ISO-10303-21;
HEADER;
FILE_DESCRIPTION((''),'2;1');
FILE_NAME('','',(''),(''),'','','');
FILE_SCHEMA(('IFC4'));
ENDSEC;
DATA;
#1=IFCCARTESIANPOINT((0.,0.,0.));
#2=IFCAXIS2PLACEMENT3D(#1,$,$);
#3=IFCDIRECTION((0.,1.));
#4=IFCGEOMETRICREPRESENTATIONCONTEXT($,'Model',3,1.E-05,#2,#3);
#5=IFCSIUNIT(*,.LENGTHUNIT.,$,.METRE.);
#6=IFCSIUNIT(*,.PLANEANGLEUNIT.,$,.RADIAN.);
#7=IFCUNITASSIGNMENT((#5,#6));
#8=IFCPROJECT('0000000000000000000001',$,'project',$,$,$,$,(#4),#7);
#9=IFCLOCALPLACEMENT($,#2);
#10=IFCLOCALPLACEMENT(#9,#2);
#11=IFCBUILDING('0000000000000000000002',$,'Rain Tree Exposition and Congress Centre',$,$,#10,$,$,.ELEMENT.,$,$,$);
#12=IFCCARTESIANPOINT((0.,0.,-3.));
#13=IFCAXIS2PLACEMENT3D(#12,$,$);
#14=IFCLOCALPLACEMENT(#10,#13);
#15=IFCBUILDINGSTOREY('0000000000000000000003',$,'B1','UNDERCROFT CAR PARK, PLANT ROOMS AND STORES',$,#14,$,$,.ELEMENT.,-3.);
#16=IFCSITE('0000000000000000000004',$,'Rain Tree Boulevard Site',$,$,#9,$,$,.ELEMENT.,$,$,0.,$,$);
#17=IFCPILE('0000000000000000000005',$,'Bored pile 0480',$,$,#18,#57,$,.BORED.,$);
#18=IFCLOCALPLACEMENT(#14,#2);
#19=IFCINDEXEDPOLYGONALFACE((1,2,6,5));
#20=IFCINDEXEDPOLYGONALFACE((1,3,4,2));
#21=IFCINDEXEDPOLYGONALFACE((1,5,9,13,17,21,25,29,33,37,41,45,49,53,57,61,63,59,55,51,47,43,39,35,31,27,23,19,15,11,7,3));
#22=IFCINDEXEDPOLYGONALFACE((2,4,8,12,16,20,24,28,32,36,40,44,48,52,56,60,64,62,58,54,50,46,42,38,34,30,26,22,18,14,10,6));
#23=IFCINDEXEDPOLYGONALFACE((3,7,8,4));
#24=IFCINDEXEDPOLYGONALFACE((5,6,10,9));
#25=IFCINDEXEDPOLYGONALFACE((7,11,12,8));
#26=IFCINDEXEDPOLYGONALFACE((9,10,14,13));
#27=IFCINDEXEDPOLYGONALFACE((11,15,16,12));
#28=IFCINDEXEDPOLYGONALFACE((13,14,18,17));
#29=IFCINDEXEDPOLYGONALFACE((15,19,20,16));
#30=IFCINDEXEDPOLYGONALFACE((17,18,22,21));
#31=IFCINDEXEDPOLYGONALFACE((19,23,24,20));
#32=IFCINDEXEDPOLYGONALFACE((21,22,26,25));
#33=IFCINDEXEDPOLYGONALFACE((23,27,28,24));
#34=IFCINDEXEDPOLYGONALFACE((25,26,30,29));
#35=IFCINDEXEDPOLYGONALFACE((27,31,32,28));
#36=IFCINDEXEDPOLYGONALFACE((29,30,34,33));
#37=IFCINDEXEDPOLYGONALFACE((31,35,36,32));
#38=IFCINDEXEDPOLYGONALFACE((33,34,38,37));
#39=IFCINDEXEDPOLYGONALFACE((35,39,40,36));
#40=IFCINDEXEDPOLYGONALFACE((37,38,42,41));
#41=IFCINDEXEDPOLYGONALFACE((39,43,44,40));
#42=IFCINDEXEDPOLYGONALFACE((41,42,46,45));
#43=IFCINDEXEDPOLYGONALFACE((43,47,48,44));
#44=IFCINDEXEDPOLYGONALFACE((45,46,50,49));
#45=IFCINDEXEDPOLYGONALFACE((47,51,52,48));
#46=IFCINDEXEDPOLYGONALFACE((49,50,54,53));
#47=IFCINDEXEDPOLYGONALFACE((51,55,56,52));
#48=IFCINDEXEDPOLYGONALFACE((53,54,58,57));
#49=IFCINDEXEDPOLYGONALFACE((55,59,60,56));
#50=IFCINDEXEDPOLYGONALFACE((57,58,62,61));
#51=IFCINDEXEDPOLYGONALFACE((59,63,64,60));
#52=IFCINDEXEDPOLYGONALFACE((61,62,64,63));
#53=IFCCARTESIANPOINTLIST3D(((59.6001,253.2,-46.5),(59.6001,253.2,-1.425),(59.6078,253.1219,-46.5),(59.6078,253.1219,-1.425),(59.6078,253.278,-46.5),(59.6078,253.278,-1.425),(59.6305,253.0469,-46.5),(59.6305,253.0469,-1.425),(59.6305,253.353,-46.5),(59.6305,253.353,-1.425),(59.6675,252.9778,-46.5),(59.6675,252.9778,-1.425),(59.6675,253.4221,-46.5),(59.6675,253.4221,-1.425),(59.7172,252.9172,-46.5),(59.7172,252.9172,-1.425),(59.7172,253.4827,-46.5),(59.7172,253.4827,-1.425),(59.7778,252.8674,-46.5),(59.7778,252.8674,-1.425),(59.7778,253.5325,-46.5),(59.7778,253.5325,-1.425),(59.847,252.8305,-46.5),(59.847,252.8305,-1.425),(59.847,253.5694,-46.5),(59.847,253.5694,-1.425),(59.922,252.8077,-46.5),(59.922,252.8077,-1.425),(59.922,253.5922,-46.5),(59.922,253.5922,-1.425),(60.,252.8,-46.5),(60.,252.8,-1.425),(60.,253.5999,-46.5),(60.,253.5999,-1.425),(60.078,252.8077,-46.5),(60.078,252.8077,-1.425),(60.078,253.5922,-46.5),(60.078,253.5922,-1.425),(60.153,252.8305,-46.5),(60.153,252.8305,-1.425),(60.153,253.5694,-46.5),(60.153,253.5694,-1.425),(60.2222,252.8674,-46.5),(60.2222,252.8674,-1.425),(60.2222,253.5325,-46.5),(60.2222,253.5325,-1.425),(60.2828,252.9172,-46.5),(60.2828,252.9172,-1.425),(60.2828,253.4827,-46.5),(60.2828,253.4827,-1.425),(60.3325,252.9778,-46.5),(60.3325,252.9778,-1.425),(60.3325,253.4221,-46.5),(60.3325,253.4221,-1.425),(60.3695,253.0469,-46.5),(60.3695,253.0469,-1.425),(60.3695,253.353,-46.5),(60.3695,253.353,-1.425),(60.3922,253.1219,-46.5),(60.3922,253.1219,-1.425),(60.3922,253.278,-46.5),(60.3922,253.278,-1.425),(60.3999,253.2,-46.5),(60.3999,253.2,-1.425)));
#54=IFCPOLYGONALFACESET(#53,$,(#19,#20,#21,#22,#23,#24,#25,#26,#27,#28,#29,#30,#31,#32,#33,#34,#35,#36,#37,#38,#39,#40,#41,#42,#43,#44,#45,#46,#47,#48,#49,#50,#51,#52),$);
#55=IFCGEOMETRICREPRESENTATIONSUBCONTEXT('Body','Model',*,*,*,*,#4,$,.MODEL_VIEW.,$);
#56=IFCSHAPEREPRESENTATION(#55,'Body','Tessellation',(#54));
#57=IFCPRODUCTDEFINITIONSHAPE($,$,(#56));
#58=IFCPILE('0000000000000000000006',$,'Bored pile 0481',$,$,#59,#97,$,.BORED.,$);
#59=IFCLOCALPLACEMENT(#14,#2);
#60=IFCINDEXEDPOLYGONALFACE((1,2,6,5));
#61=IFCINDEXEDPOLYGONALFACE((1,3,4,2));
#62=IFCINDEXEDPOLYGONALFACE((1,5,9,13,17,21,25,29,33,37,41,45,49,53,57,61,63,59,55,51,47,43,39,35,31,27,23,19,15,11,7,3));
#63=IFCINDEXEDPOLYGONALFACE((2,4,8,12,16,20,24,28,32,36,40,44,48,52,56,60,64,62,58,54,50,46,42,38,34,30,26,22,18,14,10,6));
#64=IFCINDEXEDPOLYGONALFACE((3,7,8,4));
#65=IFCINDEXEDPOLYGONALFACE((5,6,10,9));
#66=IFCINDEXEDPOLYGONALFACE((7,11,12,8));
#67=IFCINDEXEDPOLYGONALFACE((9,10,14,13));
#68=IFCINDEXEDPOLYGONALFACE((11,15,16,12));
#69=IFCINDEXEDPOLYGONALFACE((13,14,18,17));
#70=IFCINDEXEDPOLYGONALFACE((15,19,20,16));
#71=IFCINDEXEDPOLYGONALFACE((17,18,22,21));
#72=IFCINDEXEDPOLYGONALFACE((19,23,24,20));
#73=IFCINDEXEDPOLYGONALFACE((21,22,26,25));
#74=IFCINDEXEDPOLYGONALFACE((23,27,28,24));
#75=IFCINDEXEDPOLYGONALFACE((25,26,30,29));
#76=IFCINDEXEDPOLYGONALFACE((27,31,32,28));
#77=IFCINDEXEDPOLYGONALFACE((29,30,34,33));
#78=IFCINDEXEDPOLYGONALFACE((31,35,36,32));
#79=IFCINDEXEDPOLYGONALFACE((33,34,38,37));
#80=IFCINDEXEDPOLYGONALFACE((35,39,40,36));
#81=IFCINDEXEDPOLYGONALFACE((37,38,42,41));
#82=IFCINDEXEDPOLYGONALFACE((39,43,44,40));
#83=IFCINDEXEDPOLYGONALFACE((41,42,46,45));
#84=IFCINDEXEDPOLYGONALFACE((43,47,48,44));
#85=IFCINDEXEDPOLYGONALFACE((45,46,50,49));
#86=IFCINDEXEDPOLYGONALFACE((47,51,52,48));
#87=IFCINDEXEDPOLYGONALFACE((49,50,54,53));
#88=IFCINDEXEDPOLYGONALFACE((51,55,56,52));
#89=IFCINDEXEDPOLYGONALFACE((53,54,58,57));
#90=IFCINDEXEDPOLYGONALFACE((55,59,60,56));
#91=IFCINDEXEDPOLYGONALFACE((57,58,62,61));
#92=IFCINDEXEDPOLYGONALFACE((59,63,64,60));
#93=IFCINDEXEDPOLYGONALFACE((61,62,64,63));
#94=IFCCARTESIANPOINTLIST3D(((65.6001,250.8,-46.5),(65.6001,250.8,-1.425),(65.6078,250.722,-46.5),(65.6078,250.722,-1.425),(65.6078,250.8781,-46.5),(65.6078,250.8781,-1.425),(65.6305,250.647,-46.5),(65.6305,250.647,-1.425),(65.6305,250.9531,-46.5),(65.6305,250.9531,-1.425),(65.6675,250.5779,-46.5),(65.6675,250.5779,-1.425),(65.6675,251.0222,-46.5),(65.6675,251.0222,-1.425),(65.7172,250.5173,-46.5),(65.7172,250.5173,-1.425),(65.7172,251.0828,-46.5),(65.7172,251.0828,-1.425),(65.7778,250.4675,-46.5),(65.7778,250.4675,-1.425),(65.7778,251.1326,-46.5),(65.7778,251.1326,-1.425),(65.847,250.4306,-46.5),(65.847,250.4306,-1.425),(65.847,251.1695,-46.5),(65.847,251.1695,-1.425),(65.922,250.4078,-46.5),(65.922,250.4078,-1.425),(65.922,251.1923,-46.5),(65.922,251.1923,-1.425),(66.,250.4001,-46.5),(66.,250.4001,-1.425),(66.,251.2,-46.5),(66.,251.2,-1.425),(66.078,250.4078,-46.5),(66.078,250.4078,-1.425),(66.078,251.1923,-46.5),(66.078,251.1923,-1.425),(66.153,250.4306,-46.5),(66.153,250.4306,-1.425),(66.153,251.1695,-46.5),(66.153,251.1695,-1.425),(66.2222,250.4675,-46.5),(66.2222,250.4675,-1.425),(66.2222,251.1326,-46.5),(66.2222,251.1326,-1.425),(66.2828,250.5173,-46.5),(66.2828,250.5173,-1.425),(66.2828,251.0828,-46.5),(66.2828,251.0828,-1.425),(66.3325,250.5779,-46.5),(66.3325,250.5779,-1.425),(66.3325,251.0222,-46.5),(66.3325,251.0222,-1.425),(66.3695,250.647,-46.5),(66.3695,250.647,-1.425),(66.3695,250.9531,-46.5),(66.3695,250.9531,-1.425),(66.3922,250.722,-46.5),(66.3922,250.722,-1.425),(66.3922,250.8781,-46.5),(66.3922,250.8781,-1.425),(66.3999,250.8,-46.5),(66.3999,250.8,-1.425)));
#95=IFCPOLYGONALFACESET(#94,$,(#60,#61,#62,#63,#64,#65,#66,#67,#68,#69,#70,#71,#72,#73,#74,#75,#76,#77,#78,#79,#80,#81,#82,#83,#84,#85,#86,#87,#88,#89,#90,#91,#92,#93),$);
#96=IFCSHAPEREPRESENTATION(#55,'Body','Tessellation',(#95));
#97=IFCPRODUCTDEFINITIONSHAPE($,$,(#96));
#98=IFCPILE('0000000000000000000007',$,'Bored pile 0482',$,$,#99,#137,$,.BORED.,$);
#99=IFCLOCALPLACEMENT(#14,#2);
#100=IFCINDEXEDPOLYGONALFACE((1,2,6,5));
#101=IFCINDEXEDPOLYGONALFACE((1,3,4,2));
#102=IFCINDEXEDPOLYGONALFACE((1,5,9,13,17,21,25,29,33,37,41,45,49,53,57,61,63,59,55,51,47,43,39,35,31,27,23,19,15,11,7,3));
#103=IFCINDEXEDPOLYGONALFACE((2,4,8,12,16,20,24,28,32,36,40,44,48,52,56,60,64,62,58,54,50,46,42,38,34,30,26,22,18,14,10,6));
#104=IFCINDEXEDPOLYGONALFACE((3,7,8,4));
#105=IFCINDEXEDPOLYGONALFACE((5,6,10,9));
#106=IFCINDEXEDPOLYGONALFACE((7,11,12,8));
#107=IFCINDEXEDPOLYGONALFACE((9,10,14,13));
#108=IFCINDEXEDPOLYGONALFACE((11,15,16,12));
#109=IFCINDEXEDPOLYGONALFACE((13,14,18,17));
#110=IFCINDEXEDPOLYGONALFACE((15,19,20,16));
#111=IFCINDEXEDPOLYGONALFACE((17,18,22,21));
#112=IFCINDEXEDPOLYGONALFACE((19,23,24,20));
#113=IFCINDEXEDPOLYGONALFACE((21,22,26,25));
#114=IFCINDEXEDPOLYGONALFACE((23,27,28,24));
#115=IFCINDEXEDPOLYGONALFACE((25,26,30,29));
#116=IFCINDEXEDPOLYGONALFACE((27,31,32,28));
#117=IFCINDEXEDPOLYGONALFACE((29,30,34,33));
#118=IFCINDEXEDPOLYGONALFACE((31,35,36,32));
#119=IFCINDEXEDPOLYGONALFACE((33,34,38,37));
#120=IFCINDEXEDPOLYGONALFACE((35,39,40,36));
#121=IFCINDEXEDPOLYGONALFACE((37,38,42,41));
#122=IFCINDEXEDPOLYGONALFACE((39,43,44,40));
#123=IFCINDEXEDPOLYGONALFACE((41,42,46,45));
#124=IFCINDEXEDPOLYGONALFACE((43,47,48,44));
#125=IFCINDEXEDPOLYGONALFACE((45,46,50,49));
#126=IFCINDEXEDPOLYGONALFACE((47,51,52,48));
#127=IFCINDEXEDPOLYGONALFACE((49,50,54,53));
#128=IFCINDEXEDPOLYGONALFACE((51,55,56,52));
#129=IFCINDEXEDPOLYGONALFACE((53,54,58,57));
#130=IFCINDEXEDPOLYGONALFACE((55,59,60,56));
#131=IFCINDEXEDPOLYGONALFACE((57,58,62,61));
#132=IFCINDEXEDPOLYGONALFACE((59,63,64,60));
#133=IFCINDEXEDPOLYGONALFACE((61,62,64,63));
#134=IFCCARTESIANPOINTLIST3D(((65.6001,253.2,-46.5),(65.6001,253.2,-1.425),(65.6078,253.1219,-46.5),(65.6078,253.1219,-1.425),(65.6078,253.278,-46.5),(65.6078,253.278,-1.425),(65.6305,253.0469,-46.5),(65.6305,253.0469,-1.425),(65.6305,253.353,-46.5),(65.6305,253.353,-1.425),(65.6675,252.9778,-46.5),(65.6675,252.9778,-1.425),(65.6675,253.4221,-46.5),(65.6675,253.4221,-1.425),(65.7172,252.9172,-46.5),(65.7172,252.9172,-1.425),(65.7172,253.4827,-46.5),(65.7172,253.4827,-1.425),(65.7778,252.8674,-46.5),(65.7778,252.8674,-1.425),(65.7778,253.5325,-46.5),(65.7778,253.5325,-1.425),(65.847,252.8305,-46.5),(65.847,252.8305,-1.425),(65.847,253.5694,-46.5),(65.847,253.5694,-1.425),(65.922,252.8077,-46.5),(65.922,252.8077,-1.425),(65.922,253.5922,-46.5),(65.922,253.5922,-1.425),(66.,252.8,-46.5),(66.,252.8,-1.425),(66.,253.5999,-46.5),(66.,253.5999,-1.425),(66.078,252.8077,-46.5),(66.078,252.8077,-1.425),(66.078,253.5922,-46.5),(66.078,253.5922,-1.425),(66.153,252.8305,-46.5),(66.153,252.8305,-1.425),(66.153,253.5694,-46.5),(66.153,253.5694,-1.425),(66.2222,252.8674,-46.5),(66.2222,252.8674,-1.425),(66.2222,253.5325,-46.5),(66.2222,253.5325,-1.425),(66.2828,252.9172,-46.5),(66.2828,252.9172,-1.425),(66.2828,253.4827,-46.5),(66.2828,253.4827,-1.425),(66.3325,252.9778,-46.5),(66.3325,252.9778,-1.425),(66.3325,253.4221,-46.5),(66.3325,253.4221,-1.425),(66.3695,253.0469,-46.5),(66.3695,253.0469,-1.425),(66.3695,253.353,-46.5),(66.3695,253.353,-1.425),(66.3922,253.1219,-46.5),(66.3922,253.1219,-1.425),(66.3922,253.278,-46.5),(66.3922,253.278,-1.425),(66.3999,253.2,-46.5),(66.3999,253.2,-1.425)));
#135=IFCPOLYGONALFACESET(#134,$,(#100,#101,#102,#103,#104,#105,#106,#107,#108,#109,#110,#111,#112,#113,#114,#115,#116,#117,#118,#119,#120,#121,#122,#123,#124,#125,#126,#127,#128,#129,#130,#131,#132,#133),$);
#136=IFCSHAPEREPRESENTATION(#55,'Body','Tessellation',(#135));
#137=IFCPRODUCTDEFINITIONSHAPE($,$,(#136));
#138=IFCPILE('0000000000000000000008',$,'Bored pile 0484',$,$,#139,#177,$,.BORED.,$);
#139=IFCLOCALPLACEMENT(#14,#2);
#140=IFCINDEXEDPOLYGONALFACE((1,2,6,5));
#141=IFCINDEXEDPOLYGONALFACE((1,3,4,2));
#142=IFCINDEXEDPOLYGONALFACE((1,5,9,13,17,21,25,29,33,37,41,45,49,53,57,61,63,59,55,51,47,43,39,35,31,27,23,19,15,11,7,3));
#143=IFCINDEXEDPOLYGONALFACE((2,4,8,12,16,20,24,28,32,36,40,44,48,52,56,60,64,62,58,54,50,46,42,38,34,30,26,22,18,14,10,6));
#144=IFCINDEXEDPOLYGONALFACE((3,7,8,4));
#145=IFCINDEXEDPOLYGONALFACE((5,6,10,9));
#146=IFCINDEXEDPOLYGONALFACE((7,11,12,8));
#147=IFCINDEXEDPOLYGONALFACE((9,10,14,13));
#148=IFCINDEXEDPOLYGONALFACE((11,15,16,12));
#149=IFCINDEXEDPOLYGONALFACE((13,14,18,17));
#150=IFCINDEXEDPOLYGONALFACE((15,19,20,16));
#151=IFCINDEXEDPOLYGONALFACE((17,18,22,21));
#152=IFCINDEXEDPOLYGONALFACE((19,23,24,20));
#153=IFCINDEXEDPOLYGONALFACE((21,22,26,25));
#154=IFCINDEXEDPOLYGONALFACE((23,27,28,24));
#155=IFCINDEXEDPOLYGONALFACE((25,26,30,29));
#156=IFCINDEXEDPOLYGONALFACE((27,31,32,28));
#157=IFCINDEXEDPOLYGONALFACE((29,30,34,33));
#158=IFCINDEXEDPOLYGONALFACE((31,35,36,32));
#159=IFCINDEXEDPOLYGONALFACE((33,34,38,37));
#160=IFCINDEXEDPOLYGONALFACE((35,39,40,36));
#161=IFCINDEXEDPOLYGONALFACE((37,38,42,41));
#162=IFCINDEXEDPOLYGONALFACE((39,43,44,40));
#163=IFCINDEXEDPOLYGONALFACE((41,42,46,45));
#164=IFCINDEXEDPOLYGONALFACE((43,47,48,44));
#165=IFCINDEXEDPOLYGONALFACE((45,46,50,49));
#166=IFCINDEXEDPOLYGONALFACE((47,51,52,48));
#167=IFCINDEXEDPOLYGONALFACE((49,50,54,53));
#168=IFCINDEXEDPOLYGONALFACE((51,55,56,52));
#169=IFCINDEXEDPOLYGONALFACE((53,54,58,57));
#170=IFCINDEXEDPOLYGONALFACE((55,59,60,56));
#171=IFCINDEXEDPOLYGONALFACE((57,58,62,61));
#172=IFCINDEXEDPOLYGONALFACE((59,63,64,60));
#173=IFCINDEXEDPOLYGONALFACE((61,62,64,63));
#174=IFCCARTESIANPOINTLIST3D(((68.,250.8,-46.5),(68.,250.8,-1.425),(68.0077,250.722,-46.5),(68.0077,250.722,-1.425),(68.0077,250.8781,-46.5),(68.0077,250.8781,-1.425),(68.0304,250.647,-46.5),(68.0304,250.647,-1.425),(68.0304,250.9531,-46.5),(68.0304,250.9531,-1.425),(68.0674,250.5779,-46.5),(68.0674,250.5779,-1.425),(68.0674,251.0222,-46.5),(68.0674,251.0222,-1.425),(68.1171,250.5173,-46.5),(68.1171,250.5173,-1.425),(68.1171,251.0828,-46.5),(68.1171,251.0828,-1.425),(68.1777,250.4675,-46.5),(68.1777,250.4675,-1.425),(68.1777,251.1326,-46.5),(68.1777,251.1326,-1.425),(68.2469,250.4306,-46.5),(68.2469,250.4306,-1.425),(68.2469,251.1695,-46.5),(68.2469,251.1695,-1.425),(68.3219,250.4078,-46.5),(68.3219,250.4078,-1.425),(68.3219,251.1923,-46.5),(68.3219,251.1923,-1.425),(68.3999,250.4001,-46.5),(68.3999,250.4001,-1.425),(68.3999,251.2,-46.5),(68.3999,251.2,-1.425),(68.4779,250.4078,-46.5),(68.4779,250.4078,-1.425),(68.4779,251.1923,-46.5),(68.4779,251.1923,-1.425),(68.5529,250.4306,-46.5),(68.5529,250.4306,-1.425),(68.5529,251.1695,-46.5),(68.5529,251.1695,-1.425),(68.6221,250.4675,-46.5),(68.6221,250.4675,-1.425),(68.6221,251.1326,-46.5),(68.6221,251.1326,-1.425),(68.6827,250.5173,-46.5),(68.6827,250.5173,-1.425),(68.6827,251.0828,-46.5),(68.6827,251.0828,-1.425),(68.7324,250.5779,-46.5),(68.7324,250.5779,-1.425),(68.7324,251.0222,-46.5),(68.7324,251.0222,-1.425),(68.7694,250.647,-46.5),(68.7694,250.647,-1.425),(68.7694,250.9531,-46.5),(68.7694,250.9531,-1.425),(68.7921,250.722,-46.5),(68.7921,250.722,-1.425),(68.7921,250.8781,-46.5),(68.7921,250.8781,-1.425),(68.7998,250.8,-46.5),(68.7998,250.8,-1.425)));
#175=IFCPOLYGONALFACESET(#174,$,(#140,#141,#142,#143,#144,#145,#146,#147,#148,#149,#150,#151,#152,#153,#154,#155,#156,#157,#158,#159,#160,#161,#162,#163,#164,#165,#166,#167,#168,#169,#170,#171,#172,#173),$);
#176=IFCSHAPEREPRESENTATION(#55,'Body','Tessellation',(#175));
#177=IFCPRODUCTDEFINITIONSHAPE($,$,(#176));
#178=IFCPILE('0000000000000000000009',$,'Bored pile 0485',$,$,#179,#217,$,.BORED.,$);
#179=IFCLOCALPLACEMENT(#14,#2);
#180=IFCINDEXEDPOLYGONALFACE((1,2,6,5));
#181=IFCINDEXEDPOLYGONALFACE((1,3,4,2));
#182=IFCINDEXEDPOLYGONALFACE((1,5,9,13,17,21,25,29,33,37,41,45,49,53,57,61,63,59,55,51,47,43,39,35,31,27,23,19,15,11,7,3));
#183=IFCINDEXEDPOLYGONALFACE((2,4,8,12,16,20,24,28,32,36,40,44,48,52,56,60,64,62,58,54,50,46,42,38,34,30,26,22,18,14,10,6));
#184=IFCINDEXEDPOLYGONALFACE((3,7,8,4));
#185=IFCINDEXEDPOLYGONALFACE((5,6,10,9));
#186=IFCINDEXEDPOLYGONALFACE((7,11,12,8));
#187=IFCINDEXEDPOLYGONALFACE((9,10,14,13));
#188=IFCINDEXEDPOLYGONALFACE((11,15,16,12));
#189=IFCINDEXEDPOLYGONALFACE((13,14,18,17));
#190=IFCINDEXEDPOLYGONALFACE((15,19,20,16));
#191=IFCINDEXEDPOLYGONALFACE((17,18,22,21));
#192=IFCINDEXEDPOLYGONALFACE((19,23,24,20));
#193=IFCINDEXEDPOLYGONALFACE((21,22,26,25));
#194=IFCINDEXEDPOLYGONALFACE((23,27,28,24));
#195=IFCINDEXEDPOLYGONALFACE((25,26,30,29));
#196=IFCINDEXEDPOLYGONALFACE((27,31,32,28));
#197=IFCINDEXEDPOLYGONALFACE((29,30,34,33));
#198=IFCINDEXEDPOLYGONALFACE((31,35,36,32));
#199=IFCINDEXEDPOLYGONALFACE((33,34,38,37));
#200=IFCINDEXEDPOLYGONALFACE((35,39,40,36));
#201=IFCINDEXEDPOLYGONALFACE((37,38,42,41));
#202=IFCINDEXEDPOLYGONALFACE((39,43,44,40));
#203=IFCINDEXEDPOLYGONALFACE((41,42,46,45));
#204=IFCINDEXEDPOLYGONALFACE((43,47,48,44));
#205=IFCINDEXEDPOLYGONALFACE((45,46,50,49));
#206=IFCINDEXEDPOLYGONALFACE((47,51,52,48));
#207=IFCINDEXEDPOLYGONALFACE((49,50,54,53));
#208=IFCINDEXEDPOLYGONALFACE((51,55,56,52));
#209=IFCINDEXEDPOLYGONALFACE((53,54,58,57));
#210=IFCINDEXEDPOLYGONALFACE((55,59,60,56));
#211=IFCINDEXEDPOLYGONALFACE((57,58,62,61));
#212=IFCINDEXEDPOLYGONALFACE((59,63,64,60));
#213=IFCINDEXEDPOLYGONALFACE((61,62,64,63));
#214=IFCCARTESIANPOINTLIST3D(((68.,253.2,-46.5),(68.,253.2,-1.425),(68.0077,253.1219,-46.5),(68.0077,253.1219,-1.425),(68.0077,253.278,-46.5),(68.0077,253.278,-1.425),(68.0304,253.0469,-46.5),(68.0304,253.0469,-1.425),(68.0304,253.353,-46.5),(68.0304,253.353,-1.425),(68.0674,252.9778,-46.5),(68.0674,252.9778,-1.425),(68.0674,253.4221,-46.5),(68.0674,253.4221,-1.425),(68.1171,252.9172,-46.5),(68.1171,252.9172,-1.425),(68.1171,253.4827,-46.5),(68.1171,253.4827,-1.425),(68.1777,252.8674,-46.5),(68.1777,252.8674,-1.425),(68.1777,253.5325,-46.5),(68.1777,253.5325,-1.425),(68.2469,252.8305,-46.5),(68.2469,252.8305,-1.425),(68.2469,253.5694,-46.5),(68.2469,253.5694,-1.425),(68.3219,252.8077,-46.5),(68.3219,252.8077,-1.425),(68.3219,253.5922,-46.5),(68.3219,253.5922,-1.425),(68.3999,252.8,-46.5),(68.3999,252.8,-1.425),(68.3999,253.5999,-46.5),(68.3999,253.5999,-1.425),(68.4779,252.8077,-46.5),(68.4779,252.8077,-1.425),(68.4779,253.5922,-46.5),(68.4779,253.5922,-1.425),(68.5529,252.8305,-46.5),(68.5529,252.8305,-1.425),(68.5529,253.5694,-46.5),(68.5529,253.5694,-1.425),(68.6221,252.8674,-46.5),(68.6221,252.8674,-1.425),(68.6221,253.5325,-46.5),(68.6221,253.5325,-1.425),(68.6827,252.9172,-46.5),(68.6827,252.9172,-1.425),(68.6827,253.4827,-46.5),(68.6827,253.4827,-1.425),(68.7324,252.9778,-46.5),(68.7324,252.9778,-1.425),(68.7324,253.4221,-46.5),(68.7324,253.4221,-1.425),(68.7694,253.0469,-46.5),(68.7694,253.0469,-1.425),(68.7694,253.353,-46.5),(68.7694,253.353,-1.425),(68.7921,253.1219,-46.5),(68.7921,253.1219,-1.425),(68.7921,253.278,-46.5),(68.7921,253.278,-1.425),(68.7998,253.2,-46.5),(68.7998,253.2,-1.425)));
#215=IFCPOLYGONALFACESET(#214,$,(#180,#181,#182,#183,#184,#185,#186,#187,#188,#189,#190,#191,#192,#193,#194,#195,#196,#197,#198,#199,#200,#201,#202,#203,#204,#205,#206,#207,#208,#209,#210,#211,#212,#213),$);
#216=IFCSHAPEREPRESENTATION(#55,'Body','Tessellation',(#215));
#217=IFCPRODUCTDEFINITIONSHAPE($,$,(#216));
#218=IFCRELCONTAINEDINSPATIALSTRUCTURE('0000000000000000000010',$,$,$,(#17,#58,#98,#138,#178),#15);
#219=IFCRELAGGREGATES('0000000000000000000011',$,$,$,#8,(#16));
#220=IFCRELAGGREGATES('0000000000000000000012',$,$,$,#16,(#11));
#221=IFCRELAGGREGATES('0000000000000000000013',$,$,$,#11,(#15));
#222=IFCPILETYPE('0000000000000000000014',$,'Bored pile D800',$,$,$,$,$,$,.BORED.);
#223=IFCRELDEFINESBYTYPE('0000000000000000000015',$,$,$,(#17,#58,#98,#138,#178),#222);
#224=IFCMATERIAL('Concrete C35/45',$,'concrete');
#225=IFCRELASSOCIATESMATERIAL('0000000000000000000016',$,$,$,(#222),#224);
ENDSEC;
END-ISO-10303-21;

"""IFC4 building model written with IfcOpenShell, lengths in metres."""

from ifc_helpers import new_model, si_unit, direction, frame, origin, origin_2d, place, context, subcontext, project, spatial, circle, extrude, material, material_profile, profile_set, type_object, element, save


model = new_model("IFC4")

# Units and contexts
model_context = context("Model", 3, precision=1e-05, world=origin(), true_north=direction((0.0, 1.0)))
body_context = subcontext(model_context, "Body", "Model", "MODEL_VIEW")
ifc_project = project(units=[si_unit("LENGTHUNIT", "METRE"), si_unit("PLANEANGLEUNIT", "RADIAN")], contexts=[model_context])

# Site, building, storey
site_placement = place(None, origin())
site = spatial("IfcSite", under=ifc_project, at=site_placement, Name="Rain Tree Boulevard Site", CompositionType="ELEMENT", RefElevation=0.0)
building_placement = place(site_placement, origin())
building = spatial("IfcBuilding", under=site, at=building_placement, Name="Rain Tree Exposition and Congress Centre", CompositionType="ELEMENT")
storey_placement = place(building_placement, frame((0.0, 0.0, -3.0)))
storey = spatial("IfcBuildingStorey", under=building, at=storey_placement, Name="B1", Description="UNDERCROFT CAR PARK, PLANT ROOMS AND STORES", CompositionType="ELEMENT", Elevation=-3.0)

# Piles
ifc_material_1 = material(Name="Concrete C35/45", Category="concrete")
ifc_material_profile_1 = material_profile(ifc_material_1, circle(Radius=0.3999, at=origin_2d()), Name="D800")
ifc_profile_set_1 = profile_set([ifc_material_profile_1], Name="Concrete C35/45")
pile_type_1 = type_object("IfcPileType", Name="Bored pile D800", PredefinedType="BORED", material=ifc_profile_set_1)
for number, where, z_axis, x_axis, name in (
    (1, (60.0, 253.2, -1.425), (0.0, 0.0, -1.0), (1.0, 0.0, 0.0), "Bored pile 0480"),
    (2, (66.0, 250.8, -1.425), (0.0, 0.0, -1.0), (1.0, 0.0, 0.0), "Bored pile 0481"),
    (3, (66.0, 253.2, -1.425), (0.0, 0.0, -1.0), (1.0, 0.0, 0.0), "Bored pile 0482"),
    (4, (68.3999, 250.8, -1.425), (0.0, 0.0, -1.0), (1.0, 0.0, 0.0), "Bored pile 0484"),
    (5, (68.3999, 253.2, -1.425), (0.0, 0.0, -1.0), (1.0, 0.0, 0.0), "Bored pile 0485"),
):
    element("IfcPile", number, at=place(storey_placement, frame(where, z_axis=z_axis, x_axis=x_axis)), inside=storey, type_object=pile_type_1, Name=name, PredefinedType="BORED", context=body_context, shape_type="SweptSolid", body=[
        extrude(circle(Radius=0.3999, at=origin_2d()), origin(), (0.0, 0.0, 1.0), 45.075),
    ])

save(model, "model.ifc")
